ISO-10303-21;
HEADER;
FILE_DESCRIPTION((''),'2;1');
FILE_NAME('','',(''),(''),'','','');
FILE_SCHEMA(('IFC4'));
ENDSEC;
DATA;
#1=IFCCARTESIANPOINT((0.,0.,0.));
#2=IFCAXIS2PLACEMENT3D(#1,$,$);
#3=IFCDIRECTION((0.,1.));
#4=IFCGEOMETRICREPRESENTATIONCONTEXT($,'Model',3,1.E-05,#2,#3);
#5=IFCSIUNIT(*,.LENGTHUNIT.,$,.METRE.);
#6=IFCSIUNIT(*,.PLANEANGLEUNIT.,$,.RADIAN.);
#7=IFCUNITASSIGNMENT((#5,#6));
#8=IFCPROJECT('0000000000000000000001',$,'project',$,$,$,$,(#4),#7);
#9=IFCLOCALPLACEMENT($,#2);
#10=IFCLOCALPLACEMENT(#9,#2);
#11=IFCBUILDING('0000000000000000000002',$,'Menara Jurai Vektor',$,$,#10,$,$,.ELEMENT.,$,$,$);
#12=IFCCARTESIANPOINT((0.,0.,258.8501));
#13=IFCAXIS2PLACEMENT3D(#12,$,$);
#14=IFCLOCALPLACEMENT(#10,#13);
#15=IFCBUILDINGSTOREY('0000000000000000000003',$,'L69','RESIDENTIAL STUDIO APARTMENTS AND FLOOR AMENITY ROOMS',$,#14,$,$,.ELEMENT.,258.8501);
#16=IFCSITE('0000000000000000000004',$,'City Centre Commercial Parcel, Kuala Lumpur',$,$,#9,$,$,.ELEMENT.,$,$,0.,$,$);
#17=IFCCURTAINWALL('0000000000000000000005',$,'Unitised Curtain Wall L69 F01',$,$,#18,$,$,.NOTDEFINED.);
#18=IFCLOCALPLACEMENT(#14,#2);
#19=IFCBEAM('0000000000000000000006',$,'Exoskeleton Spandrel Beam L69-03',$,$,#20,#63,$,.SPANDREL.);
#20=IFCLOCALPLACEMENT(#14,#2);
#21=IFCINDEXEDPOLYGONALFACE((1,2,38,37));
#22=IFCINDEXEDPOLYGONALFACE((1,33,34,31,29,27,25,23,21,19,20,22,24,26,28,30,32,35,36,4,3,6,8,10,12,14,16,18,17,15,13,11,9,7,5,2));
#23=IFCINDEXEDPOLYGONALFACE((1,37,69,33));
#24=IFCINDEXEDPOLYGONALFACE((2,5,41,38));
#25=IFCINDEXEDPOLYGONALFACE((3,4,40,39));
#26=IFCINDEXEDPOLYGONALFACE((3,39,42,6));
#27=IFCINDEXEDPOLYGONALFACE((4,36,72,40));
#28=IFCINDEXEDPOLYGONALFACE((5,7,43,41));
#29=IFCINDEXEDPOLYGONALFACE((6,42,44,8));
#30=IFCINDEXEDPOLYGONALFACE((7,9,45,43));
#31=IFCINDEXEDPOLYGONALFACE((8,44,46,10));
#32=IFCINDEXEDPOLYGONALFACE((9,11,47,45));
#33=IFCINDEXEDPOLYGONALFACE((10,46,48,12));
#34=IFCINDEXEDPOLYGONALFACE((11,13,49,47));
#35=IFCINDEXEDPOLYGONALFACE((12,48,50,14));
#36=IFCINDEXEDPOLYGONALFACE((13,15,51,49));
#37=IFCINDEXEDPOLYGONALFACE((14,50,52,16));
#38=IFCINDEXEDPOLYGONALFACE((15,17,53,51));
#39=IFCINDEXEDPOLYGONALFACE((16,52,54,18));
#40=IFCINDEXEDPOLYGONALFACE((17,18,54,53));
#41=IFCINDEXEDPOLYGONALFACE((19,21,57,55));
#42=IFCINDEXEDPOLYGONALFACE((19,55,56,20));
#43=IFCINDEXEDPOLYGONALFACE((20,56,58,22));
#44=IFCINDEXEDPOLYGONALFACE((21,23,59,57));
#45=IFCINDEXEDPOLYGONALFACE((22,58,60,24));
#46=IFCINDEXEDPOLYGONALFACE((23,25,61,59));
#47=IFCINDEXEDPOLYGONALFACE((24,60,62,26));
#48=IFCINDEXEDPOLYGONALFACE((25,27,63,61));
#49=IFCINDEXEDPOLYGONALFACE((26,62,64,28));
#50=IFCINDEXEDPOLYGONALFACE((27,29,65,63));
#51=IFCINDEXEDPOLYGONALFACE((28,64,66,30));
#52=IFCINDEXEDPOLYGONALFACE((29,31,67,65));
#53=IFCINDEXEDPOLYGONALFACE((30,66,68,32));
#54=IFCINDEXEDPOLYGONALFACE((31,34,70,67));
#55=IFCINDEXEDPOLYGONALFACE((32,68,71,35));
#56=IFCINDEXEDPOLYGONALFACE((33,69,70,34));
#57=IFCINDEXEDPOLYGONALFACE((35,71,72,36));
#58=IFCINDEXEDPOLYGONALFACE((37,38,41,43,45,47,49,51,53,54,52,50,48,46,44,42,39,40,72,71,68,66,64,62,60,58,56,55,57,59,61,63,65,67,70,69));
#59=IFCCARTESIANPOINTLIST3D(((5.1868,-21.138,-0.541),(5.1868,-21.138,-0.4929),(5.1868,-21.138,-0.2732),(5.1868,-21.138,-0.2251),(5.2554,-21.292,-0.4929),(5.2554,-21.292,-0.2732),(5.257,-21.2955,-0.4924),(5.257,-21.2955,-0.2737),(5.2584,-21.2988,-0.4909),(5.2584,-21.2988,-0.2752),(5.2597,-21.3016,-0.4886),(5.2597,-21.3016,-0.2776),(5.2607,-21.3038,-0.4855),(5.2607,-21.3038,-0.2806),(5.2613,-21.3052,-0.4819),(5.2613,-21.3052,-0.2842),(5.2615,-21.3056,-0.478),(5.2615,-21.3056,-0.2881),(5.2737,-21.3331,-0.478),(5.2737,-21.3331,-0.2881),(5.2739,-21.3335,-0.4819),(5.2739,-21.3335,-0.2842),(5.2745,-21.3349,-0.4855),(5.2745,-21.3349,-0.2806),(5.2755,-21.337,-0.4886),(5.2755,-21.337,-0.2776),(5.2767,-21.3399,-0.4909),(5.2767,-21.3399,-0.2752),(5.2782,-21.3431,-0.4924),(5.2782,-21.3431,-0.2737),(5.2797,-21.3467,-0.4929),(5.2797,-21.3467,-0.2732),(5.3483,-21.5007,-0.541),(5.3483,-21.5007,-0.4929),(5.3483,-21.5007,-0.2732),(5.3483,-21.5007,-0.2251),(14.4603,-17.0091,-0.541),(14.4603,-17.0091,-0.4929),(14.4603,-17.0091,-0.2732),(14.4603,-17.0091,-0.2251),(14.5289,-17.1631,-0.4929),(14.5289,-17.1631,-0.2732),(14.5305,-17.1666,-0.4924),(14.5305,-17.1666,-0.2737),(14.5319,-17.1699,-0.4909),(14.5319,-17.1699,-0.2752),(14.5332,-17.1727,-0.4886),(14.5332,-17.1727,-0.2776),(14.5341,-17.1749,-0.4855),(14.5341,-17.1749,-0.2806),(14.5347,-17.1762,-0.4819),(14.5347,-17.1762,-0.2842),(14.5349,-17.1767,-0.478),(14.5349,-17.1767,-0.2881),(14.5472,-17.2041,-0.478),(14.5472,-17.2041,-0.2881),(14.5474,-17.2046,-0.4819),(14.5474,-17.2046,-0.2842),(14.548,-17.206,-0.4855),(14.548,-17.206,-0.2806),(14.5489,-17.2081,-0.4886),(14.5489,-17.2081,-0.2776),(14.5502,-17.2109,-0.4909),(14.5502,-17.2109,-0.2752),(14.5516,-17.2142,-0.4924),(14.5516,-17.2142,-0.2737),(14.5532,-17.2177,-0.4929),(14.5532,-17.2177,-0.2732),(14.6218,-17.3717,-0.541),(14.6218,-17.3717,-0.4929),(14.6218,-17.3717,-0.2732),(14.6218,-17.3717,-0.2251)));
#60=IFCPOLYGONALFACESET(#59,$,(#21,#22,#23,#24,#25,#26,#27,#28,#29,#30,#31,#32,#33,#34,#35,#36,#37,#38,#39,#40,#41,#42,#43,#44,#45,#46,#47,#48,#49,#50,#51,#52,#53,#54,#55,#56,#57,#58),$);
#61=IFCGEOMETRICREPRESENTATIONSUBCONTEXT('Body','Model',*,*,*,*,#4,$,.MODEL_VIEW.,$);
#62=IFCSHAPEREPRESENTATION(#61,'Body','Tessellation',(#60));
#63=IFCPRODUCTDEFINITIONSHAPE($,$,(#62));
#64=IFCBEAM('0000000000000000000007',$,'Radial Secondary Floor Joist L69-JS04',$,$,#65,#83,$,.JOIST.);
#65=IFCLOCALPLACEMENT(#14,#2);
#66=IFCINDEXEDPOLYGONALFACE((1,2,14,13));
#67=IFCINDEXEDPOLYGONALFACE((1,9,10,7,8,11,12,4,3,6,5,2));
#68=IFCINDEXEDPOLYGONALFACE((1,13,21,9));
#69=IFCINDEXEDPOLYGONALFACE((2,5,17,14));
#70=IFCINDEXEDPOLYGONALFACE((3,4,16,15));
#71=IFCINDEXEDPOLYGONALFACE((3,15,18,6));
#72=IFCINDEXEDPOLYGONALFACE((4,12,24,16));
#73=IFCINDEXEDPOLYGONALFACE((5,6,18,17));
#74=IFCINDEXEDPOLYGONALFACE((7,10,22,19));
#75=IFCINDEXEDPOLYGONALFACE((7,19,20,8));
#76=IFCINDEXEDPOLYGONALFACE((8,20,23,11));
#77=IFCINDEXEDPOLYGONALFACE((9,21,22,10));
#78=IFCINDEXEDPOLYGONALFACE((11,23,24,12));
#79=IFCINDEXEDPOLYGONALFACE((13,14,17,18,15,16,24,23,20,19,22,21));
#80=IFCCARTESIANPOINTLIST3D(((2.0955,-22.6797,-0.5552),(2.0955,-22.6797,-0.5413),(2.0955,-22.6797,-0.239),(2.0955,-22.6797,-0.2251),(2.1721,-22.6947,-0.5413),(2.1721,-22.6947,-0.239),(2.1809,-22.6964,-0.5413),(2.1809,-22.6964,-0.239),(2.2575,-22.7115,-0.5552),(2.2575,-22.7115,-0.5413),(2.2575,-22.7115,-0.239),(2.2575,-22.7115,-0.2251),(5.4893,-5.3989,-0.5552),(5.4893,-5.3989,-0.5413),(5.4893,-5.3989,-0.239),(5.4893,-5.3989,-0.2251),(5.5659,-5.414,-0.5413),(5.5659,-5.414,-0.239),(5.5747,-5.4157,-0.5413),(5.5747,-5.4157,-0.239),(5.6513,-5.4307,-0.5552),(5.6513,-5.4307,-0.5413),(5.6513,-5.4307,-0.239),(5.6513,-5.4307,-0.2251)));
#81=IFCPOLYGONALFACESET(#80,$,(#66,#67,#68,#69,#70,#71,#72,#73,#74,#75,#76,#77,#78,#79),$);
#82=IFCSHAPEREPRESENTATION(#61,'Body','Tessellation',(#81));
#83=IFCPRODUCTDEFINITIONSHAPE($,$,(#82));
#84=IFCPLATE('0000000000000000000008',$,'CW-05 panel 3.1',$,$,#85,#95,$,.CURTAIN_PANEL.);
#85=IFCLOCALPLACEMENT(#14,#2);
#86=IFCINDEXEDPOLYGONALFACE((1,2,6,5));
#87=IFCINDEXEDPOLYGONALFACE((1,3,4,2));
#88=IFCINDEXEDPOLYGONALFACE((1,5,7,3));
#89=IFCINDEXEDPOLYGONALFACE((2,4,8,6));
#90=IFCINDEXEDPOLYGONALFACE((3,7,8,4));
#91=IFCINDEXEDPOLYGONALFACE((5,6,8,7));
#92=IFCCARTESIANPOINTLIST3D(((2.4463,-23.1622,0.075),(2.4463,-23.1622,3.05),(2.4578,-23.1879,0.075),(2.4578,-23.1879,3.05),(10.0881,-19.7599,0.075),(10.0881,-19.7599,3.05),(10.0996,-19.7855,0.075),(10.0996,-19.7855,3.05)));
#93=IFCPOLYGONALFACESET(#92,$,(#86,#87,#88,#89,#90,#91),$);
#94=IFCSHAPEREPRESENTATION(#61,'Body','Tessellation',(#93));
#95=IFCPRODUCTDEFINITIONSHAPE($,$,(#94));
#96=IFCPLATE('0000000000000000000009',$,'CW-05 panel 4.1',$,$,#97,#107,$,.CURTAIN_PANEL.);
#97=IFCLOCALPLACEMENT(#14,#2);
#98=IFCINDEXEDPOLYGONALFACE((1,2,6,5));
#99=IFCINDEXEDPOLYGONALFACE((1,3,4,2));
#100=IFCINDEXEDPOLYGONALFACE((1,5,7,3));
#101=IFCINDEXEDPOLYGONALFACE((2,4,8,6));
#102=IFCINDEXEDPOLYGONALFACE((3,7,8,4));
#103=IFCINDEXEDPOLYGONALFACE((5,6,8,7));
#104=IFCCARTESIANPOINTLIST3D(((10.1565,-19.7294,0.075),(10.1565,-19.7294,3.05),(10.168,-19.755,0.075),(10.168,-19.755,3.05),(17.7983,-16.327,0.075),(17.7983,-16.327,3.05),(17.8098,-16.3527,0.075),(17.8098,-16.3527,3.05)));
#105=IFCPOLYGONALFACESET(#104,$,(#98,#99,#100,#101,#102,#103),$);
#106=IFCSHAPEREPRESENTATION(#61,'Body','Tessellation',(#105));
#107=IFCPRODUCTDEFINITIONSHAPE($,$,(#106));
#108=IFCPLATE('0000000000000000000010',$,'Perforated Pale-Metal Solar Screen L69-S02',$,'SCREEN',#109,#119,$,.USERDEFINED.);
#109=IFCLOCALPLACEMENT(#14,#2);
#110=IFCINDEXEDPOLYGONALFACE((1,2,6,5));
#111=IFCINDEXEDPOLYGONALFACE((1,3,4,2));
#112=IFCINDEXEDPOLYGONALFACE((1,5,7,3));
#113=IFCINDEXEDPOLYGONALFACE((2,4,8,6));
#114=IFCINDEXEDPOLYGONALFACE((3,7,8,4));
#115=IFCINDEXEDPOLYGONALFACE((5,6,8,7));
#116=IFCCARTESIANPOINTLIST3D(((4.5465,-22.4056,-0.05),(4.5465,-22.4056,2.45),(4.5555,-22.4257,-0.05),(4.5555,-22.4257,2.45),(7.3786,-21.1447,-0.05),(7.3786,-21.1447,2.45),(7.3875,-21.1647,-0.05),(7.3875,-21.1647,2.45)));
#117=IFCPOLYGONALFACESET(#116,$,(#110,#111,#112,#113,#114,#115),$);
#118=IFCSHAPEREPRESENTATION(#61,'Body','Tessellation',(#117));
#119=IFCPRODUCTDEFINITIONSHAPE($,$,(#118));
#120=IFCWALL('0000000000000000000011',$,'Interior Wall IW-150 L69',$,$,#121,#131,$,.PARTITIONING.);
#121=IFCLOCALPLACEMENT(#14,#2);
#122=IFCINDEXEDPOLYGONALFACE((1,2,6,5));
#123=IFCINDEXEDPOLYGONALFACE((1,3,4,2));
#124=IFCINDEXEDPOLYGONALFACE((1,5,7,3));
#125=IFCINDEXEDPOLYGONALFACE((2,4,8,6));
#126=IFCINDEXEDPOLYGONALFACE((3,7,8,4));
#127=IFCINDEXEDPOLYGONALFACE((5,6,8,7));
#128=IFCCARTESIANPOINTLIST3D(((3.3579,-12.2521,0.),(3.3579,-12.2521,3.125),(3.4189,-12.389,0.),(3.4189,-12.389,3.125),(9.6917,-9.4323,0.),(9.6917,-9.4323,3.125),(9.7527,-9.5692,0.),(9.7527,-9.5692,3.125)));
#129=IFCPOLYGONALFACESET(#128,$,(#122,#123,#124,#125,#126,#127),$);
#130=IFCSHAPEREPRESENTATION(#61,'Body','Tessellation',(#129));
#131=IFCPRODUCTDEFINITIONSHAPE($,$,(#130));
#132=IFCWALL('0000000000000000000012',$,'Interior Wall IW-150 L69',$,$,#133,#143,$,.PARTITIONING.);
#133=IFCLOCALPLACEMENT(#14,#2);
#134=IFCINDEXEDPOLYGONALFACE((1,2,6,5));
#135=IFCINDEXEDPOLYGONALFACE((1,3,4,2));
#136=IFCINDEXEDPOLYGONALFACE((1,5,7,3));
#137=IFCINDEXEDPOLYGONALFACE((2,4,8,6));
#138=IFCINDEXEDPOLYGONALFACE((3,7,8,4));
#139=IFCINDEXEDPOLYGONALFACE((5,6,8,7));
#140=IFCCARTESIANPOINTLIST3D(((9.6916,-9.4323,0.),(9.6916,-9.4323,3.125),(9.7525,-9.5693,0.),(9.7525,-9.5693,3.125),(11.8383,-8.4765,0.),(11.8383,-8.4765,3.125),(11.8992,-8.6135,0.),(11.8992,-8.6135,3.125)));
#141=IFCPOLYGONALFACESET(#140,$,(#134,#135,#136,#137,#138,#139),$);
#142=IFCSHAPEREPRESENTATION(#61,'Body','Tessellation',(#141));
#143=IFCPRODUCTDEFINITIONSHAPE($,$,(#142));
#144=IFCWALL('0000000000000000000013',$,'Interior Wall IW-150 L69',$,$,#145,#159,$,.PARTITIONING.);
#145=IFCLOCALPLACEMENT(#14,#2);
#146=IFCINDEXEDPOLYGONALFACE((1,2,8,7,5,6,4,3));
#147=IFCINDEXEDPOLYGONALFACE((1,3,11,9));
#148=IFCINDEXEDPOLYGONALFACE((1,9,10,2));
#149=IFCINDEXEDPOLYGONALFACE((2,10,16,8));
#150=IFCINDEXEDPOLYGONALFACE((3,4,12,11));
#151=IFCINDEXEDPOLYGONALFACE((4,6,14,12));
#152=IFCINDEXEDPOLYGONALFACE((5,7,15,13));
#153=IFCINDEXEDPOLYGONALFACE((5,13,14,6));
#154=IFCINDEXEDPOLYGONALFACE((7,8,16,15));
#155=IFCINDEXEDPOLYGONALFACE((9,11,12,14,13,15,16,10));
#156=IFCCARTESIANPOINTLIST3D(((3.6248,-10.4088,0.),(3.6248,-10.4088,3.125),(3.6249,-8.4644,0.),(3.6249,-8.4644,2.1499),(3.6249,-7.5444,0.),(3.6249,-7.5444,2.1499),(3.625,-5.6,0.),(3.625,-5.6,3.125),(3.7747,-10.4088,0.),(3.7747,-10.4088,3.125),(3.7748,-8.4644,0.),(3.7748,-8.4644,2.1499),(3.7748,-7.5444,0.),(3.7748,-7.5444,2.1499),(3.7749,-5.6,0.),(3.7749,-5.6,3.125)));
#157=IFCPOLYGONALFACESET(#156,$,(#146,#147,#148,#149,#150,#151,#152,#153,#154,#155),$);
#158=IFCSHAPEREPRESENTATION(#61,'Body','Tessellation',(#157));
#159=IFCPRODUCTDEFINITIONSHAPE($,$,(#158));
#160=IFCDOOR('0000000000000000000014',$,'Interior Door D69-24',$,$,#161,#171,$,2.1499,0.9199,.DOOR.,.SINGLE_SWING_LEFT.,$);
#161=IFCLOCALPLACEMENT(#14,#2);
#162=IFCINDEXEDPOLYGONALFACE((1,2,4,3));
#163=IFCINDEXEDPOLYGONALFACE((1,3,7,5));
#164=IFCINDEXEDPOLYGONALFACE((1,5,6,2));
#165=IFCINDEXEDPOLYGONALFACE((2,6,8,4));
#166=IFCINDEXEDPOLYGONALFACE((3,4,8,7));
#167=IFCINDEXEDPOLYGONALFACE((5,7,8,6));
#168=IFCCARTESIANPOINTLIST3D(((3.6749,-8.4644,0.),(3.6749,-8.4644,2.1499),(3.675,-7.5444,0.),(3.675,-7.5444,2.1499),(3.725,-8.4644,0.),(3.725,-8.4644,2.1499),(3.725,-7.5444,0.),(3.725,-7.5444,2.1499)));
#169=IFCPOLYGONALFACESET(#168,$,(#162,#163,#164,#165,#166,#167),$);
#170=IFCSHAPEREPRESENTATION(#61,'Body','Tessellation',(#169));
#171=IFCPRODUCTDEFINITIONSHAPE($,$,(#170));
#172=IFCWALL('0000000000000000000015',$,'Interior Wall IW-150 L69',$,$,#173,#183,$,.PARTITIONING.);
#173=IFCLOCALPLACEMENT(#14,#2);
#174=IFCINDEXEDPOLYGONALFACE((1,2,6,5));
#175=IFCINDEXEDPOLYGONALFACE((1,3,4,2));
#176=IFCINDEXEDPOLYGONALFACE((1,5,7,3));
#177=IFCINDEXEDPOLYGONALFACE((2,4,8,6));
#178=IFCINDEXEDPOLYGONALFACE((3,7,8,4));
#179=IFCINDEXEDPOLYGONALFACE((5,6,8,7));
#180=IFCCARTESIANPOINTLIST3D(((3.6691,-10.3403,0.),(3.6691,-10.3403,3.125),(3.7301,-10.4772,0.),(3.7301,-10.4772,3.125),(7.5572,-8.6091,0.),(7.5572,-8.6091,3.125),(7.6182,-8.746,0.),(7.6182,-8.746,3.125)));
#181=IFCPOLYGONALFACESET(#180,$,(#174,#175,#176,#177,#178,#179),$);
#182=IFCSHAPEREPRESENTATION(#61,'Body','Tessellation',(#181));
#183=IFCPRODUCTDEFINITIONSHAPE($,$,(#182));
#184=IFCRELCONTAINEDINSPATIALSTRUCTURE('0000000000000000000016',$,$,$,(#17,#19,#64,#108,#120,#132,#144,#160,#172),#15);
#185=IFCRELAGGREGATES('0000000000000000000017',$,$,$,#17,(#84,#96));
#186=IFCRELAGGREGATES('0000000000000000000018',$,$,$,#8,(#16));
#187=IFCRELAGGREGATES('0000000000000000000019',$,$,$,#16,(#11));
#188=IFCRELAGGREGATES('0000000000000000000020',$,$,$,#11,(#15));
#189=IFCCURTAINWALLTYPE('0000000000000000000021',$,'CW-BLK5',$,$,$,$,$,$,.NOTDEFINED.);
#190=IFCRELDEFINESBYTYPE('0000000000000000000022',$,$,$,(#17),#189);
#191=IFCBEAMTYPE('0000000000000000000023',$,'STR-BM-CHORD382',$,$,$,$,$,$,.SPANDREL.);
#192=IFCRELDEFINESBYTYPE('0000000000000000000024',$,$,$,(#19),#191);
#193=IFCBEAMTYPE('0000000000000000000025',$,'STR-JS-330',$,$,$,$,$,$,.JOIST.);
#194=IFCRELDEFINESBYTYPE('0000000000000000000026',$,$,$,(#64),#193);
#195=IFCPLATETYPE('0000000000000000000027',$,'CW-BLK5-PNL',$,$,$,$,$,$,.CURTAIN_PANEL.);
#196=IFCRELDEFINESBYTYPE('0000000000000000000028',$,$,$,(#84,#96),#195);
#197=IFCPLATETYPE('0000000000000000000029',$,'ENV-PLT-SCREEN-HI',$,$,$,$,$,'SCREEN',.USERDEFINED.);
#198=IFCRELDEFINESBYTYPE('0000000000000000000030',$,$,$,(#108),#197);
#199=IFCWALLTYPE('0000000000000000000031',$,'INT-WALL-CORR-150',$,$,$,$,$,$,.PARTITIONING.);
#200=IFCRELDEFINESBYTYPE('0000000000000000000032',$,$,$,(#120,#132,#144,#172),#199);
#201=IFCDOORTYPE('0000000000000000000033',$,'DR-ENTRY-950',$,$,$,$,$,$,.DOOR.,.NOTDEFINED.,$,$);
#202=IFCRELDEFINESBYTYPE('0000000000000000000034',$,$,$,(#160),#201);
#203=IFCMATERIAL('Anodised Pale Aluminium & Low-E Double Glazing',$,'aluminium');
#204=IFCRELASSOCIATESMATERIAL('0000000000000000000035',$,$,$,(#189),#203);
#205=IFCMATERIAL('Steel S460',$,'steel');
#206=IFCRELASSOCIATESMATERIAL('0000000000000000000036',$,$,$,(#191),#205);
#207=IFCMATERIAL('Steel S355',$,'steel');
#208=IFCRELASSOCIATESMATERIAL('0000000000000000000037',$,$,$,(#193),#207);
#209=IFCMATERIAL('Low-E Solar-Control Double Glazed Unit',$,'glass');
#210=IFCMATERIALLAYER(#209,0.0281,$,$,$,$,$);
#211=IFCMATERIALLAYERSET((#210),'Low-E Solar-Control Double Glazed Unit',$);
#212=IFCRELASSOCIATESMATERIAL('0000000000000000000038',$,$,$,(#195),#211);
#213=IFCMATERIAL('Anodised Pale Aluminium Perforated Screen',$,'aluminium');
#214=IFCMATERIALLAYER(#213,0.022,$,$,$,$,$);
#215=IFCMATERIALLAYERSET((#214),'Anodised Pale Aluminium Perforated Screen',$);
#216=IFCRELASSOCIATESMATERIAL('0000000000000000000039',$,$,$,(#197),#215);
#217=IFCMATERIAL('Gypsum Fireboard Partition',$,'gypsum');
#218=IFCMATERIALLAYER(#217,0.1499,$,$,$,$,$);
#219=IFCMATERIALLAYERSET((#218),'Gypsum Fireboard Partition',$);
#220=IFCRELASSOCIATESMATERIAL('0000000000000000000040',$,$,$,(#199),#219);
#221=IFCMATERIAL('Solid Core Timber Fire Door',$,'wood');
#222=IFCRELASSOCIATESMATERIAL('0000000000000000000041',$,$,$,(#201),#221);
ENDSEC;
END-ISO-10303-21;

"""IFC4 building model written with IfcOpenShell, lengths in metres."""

from ifc_helpers import new_model, si_unit, direction, frame, frame_2d, origin, origin_2d, place, context, subcontext, project, spatial, rectangle, i_section, extrude, material, layer, layer_set, material_profile, profile_set, type_object, element, fill, aggregate, save


model = new_model("IFC4")

# Units and contexts
model_context = context("Model", 3, precision=1e-05, world=origin(), true_north=direction((0.0, 1.0)))
body_context = subcontext(model_context, "Body", "Model", "MODEL_VIEW")
ifc_project = project(units=[si_unit("LENGTHUNIT", "METRE"), si_unit("PLANEANGLEUNIT", "RADIAN")], contexts=[model_context])

# Site, building, storey
site_placement = place(None, origin())
site = spatial("IfcSite", under=ifc_project, at=site_placement, Name="City Centre Commercial Parcel, Kuala Lumpur", CompositionType="ELEMENT", RefElevation=0.0)
building_placement = place(site_placement, origin())
building = spatial("IfcBuilding", under=site, at=building_placement, Name="Menara Jurai Vektor", CompositionType="ELEMENT")
storey_placement = place(building_placement, frame((0.0, 0.0, 258.8501)))
storey = spatial("IfcBuildingStorey", under=building, at=storey_placement, Name="L69", Description="RESIDENTIAL STUDIO APARTMENTS AND FLOOR AMENITY ROOMS", CompositionType="ELEMENT", Elevation=258.8501)

# Shared definitions
ifc_material_1 = material(Name="Steel S460", Category="steel")

# Curtain wall
ifc_material_2 = material(Name="Anodised Pale Aluminium & Low-E Double Glazing", Category="aluminium")
curtain_wall_type = type_object("IfcCurtainWallType", Name="CW-BLK5", PredefinedType="NOTDEFINED", material=ifc_material_2)
curtain_wall_placement = place(storey_placement, origin())
curtain_wall = element("IfcCurtainWall", 1, at=curtain_wall_placement, inside=storey, type_object=curtain_wall_type, Name="Unitised Curtain Wall L69 F01", PredefinedType="NOTDEFINED")

# Beams
ifc_material_3 = material(Name="Steel S355", Category="steel")
ifc_material_profile_1 = material_profile(ifc_material_1, i_section(OverallWidth=0.397, OverallDepth=0.3159, WebThickness=0.03, FlangeThickness=0.0481, FilletRadius=0.0149, at=origin_2d()), Name="HD 400x382")
ifc_profile_set_1 = profile_set([ifc_material_profile_1], Name="Steel S460")
beam_type_1 = type_object("IfcBeamType", Name="STR-BM-CHORD382", PredefinedType="SPANDREL", material=ifc_profile_set_1)
beam_1_placement = place(storey_placement, frame((5.2676, -21.3193, -0.3831), z_axis=(0.913542, 0.406745, 0.0), x_axis=(-0.406745, 0.913542, 0.0)))
element("IfcBeam", 2, at=beam_1_placement, inside=storey, type_object=beam_type_1, Name="Exoskeleton Spandrel Beam L69-03", PredefinedType="SPANDREL", context=body_context, shape_type="SweptSolid", body=[
    extrude(i_section(OverallWidth=0.397, OverallDepth=0.3159, WebThickness=0.03, FlangeThickness=0.0481, FilletRadius=0.0149, at=origin_2d()), origin(), (0.0, 0.0, 1.0), 10.1511),
])
ifc_material_profile_2 = material_profile(ifc_material_3, i_section(OverallWidth=0.165, OverallDepth=0.3301, WebThickness=0.009, FlangeThickness=0.0139, at=origin_2d()), Name="PG 330x165x46")
ifc_profile_set_2 = profile_set([ifc_material_profile_2], Name="Steel S355")
beam_type_2 = type_object("IfcBeamType", Name="STR-JS-330", PredefinedType="JOIST", material=ifc_profile_set_2)
beam_2_placement = place(storey_placement, frame((2.1765, -22.6956, -0.3901), z_axis=(0.192711, 0.981256, 0.0), x_axis=(-0.981256, 0.192711, 0.0)))
element("IfcBeam", 3, at=beam_2_placement, inside=storey, type_object=beam_type_2, Name="Radial Secondary Floor Joist L69-JS04", PredefinedType="JOIST", context=body_context, shape_type="SweptSolid", body=[
    extrude(i_section(OverallWidth=0.165, OverallDepth=0.3301, WebThickness=0.009, FlangeThickness=0.0139, at=origin_2d()), origin(), (0.0, 0.0, 1.0), 17.6108),
])

# Plates
ifc_material_4 = material(Name="Low-E Solar-Control Double Glazed Unit", Category="glass")
ifc_layer_1 = layer(ifc_material_4, 0.0281)
ifc_layer_set_1 = layer_set([ifc_layer_1], Name="Low-E Solar-Control Double Glazed Unit")
plate_type_1 = type_object("IfcPlateType", Name="CW-BLK5-PNL", PredefinedType="CURTAIN_PANEL", material=ifc_layer_set_1)
plate_1_placement = place(storey_placement, frame((6.2729, -21.4739, 0.075), z_axis=(0.0, 0.0, 1.0), x_axis=(0.913546, 0.406735, 0.0)))
plate_1 = element("IfcPlate", 4, at=plate_1_placement, type_object=plate_type_1, Name="CW-05 panel 3.1", PredefinedType="CURTAIN_PANEL", context=body_context, shape_type="SweptSolid", body=[
    extrude(rectangle(XDim=8.365, YDim=0.0281, at=origin_2d()), origin(), (0.0, 0.0, 1.0), 2.9751),
])
plate_2_placement = place(storey_placement, frame((13.9832, -18.041, 0.075), z_axis=(0.0, 0.0, 1.0), x_axis=(0.913546, 0.406735, 0.0)))
plate_2 = element("IfcPlate", 5, at=plate_2_placement, type_object=plate_type_1, Name="CW-05 panel 4.1", PredefinedType="CURTAIN_PANEL", context=body_context, shape_type="SweptSolid", body=[
    extrude(rectangle(XDim=8.365, YDim=0.0281, at=origin_2d()), origin(), (0.0, 0.0, 1.0), 2.9751),
])
aggregate(curtain_wall, [plate_1, plate_2])
ifc_material_5 = material(Name="Anodised Pale Aluminium Perforated Screen", Category="aluminium")
ifc_layer_2 = layer(ifc_material_5, 0.022)
ifc_layer_set_2 = layer_set([ifc_layer_2], Name="Anodised Pale Aluminium Perforated Screen")
plate_type_2 = type_object("IfcPlateType", Name="ENV-PLT-SCREEN-HI", ElementType="SCREEN", PredefinedType="USERDEFINED", material=ifc_layer_set_2)
plate_3_placement = place(storey_placement, frame((5.967, -21.7852, -0.05), z_axis=(0.0, 0.0, 1.0), x_axis=(0.913545, 0.406737, 0.0)))
element("IfcPlate", 6, at=plate_3_placement, inside=storey, type_object=plate_type_2, Name="Perforated Pale-Metal Solar Screen L69-S02", ObjectType="SCREEN", PredefinedType="USERDEFINED", context=body_context, shape_type="SweptSolid", body=[
    extrude(rectangle(XDim=3.1001, YDim=0.022, at=origin_2d()), origin(), (0.0, 0.0, 1.0), 2.5),
])

# Walls
ifc_material_6 = material(Name="Gypsum Fireboard Partition", Category="gypsum")
ifc_layer_3 = layer(ifc_material_6, 0.1499)
ifc_layer_set_3 = layer_set([ifc_layer_3], Name="Gypsum Fireboard Partition")
wall_type_1 = type_object("IfcWallType", Name="INT-WALL-CORR-150", PredefinedType="PARTITIONING", material=ifc_layer_set_3)
wall_1_placement = place(storey_placement, frame((3.3884, -12.3206, 0.0), z_axis=(0.0, 0.0, 1.0), x_axis=(0.913553, 0.40672, 0.0)))
element("IfcWall", 7, at=wall_1_placement, inside=storey, type_object=wall_type_1, Name="Interior Wall IW-150 L69", PredefinedType="PARTITIONING", context=body_context, shape_type="SweptSolid", body=[
    extrude(rectangle(XDim=6.9331, YDim=0.1499, at=frame_2d((3.4666, 0.0))), origin(), (0.0, 0.0, 1.0), 3.125),
])
wall_2_placement = place(storey_placement, frame((9.7222, -9.5007, 0.0), z_axis=(0.0, 0.0, 1.0), x_axis=(0.913541, 0.406746, 0.0)))
element("IfcWall", 8, at=wall_2_placement, inside=storey, type_object=wall_type_1, Name="Interior Wall IW-150 L69", PredefinedType="PARTITIONING", context=body_context, shape_type="SweptSolid", body=[
    extrude(rectangle(XDim=2.3499, YDim=0.1499, at=frame_2d((1.1748, 0.0))), origin(), (0.0, 0.0, 1.0), 3.125),
])

# Wall, opening, door
wall_3_placement = place(storey_placement, frame((3.6997, -10.4087, 0.0), z_axis=(0.0, 0.0, 1.0), x_axis=(0.000051, 1.0, 0.0)))
wall_3 = element("IfcWall", 9, at=wall_3_placement, inside=storey, type_object=wall_type_1, Name="Interior Wall IW-150 L69", PredefinedType="PARTITIONING", context=body_context, shape_type="SweptSolid", body=[
    extrude(rectangle(XDim=4.8088, YDim=0.1499, at=frame_2d((2.4043, 0.0))), origin(), (0.0, 0.0, 1.0), 3.125),
])
opening_1_placement = place(wall_3_placement, frame((1.9443, 0.0, 0.0)))
opening_1 = element("IfcOpeningElement", 10, at=opening_1_placement, cuts=wall_3, PredefinedType="OPENING", context=body_context, shape_type="SweptSolid", body=[
    extrude(rectangle(XDim=0.9199, YDim=2.1499, at=frame_2d((0.46, 1.075))), frame((0.0, 0.085, 0.0), z_axis=(0.0, -1.0, 0.0), x_axis=(1.0, 0.0, 0.0)), (0.0, 0.0, 1.0), 0.1699),
])
ifc_material_7 = material(Name="Solid Core Timber Fire Door", Category="wood")
door_type_1 = type_object("IfcDoorType", Name="DR-ENTRY-950", OperationType="NOTDEFINED", PredefinedType="DOOR", material=ifc_material_7)
door_1_placement = place(opening_1_placement, origin())
door_1 = element("IfcDoor", 11, at=door_1_placement, inside=storey, type_object=door_type_1, Name="Interior Door D69-24", OperationType="SINGLE_SWING_LEFT", OverallHeight=2.1499, OverallWidth=0.9199, PredefinedType="DOOR", context=body_context, shape_type="SweptSolid", body=[
    extrude(rectangle(XDim=0.9199, YDim=2.1499, at=frame_2d((0.46, 1.075))), frame((0.0, 0.0249, 0.0), z_axis=(0.0, -1.0, 0.0), x_axis=(1.0, 0.0, 0.0)), (0.0, 0.0, 1.0), 0.05),
])
fill(opening_1, door_1)

# Wall
wall_4_placement = place(storey_placement, frame((3.6997, -10.4087, 0.0), z_axis=(0.0, 0.0, 1.0), x_axis=(0.913539, 0.40675, 0.0)))
element("IfcWall", 12, at=wall_4_placement, inside=storey, type_object=wall_type_1, Name="Interior Wall IW-150 L69", PredefinedType="PARTITIONING", context=body_context, shape_type="SweptSolid", body=[
    extrude(rectangle(XDim=4.2561, YDim=0.1499, at=frame_2d((2.1279, 0.0))), origin(), (0.0, 0.0, 1.0), 3.125),
])

save(model, "model.ifc")
